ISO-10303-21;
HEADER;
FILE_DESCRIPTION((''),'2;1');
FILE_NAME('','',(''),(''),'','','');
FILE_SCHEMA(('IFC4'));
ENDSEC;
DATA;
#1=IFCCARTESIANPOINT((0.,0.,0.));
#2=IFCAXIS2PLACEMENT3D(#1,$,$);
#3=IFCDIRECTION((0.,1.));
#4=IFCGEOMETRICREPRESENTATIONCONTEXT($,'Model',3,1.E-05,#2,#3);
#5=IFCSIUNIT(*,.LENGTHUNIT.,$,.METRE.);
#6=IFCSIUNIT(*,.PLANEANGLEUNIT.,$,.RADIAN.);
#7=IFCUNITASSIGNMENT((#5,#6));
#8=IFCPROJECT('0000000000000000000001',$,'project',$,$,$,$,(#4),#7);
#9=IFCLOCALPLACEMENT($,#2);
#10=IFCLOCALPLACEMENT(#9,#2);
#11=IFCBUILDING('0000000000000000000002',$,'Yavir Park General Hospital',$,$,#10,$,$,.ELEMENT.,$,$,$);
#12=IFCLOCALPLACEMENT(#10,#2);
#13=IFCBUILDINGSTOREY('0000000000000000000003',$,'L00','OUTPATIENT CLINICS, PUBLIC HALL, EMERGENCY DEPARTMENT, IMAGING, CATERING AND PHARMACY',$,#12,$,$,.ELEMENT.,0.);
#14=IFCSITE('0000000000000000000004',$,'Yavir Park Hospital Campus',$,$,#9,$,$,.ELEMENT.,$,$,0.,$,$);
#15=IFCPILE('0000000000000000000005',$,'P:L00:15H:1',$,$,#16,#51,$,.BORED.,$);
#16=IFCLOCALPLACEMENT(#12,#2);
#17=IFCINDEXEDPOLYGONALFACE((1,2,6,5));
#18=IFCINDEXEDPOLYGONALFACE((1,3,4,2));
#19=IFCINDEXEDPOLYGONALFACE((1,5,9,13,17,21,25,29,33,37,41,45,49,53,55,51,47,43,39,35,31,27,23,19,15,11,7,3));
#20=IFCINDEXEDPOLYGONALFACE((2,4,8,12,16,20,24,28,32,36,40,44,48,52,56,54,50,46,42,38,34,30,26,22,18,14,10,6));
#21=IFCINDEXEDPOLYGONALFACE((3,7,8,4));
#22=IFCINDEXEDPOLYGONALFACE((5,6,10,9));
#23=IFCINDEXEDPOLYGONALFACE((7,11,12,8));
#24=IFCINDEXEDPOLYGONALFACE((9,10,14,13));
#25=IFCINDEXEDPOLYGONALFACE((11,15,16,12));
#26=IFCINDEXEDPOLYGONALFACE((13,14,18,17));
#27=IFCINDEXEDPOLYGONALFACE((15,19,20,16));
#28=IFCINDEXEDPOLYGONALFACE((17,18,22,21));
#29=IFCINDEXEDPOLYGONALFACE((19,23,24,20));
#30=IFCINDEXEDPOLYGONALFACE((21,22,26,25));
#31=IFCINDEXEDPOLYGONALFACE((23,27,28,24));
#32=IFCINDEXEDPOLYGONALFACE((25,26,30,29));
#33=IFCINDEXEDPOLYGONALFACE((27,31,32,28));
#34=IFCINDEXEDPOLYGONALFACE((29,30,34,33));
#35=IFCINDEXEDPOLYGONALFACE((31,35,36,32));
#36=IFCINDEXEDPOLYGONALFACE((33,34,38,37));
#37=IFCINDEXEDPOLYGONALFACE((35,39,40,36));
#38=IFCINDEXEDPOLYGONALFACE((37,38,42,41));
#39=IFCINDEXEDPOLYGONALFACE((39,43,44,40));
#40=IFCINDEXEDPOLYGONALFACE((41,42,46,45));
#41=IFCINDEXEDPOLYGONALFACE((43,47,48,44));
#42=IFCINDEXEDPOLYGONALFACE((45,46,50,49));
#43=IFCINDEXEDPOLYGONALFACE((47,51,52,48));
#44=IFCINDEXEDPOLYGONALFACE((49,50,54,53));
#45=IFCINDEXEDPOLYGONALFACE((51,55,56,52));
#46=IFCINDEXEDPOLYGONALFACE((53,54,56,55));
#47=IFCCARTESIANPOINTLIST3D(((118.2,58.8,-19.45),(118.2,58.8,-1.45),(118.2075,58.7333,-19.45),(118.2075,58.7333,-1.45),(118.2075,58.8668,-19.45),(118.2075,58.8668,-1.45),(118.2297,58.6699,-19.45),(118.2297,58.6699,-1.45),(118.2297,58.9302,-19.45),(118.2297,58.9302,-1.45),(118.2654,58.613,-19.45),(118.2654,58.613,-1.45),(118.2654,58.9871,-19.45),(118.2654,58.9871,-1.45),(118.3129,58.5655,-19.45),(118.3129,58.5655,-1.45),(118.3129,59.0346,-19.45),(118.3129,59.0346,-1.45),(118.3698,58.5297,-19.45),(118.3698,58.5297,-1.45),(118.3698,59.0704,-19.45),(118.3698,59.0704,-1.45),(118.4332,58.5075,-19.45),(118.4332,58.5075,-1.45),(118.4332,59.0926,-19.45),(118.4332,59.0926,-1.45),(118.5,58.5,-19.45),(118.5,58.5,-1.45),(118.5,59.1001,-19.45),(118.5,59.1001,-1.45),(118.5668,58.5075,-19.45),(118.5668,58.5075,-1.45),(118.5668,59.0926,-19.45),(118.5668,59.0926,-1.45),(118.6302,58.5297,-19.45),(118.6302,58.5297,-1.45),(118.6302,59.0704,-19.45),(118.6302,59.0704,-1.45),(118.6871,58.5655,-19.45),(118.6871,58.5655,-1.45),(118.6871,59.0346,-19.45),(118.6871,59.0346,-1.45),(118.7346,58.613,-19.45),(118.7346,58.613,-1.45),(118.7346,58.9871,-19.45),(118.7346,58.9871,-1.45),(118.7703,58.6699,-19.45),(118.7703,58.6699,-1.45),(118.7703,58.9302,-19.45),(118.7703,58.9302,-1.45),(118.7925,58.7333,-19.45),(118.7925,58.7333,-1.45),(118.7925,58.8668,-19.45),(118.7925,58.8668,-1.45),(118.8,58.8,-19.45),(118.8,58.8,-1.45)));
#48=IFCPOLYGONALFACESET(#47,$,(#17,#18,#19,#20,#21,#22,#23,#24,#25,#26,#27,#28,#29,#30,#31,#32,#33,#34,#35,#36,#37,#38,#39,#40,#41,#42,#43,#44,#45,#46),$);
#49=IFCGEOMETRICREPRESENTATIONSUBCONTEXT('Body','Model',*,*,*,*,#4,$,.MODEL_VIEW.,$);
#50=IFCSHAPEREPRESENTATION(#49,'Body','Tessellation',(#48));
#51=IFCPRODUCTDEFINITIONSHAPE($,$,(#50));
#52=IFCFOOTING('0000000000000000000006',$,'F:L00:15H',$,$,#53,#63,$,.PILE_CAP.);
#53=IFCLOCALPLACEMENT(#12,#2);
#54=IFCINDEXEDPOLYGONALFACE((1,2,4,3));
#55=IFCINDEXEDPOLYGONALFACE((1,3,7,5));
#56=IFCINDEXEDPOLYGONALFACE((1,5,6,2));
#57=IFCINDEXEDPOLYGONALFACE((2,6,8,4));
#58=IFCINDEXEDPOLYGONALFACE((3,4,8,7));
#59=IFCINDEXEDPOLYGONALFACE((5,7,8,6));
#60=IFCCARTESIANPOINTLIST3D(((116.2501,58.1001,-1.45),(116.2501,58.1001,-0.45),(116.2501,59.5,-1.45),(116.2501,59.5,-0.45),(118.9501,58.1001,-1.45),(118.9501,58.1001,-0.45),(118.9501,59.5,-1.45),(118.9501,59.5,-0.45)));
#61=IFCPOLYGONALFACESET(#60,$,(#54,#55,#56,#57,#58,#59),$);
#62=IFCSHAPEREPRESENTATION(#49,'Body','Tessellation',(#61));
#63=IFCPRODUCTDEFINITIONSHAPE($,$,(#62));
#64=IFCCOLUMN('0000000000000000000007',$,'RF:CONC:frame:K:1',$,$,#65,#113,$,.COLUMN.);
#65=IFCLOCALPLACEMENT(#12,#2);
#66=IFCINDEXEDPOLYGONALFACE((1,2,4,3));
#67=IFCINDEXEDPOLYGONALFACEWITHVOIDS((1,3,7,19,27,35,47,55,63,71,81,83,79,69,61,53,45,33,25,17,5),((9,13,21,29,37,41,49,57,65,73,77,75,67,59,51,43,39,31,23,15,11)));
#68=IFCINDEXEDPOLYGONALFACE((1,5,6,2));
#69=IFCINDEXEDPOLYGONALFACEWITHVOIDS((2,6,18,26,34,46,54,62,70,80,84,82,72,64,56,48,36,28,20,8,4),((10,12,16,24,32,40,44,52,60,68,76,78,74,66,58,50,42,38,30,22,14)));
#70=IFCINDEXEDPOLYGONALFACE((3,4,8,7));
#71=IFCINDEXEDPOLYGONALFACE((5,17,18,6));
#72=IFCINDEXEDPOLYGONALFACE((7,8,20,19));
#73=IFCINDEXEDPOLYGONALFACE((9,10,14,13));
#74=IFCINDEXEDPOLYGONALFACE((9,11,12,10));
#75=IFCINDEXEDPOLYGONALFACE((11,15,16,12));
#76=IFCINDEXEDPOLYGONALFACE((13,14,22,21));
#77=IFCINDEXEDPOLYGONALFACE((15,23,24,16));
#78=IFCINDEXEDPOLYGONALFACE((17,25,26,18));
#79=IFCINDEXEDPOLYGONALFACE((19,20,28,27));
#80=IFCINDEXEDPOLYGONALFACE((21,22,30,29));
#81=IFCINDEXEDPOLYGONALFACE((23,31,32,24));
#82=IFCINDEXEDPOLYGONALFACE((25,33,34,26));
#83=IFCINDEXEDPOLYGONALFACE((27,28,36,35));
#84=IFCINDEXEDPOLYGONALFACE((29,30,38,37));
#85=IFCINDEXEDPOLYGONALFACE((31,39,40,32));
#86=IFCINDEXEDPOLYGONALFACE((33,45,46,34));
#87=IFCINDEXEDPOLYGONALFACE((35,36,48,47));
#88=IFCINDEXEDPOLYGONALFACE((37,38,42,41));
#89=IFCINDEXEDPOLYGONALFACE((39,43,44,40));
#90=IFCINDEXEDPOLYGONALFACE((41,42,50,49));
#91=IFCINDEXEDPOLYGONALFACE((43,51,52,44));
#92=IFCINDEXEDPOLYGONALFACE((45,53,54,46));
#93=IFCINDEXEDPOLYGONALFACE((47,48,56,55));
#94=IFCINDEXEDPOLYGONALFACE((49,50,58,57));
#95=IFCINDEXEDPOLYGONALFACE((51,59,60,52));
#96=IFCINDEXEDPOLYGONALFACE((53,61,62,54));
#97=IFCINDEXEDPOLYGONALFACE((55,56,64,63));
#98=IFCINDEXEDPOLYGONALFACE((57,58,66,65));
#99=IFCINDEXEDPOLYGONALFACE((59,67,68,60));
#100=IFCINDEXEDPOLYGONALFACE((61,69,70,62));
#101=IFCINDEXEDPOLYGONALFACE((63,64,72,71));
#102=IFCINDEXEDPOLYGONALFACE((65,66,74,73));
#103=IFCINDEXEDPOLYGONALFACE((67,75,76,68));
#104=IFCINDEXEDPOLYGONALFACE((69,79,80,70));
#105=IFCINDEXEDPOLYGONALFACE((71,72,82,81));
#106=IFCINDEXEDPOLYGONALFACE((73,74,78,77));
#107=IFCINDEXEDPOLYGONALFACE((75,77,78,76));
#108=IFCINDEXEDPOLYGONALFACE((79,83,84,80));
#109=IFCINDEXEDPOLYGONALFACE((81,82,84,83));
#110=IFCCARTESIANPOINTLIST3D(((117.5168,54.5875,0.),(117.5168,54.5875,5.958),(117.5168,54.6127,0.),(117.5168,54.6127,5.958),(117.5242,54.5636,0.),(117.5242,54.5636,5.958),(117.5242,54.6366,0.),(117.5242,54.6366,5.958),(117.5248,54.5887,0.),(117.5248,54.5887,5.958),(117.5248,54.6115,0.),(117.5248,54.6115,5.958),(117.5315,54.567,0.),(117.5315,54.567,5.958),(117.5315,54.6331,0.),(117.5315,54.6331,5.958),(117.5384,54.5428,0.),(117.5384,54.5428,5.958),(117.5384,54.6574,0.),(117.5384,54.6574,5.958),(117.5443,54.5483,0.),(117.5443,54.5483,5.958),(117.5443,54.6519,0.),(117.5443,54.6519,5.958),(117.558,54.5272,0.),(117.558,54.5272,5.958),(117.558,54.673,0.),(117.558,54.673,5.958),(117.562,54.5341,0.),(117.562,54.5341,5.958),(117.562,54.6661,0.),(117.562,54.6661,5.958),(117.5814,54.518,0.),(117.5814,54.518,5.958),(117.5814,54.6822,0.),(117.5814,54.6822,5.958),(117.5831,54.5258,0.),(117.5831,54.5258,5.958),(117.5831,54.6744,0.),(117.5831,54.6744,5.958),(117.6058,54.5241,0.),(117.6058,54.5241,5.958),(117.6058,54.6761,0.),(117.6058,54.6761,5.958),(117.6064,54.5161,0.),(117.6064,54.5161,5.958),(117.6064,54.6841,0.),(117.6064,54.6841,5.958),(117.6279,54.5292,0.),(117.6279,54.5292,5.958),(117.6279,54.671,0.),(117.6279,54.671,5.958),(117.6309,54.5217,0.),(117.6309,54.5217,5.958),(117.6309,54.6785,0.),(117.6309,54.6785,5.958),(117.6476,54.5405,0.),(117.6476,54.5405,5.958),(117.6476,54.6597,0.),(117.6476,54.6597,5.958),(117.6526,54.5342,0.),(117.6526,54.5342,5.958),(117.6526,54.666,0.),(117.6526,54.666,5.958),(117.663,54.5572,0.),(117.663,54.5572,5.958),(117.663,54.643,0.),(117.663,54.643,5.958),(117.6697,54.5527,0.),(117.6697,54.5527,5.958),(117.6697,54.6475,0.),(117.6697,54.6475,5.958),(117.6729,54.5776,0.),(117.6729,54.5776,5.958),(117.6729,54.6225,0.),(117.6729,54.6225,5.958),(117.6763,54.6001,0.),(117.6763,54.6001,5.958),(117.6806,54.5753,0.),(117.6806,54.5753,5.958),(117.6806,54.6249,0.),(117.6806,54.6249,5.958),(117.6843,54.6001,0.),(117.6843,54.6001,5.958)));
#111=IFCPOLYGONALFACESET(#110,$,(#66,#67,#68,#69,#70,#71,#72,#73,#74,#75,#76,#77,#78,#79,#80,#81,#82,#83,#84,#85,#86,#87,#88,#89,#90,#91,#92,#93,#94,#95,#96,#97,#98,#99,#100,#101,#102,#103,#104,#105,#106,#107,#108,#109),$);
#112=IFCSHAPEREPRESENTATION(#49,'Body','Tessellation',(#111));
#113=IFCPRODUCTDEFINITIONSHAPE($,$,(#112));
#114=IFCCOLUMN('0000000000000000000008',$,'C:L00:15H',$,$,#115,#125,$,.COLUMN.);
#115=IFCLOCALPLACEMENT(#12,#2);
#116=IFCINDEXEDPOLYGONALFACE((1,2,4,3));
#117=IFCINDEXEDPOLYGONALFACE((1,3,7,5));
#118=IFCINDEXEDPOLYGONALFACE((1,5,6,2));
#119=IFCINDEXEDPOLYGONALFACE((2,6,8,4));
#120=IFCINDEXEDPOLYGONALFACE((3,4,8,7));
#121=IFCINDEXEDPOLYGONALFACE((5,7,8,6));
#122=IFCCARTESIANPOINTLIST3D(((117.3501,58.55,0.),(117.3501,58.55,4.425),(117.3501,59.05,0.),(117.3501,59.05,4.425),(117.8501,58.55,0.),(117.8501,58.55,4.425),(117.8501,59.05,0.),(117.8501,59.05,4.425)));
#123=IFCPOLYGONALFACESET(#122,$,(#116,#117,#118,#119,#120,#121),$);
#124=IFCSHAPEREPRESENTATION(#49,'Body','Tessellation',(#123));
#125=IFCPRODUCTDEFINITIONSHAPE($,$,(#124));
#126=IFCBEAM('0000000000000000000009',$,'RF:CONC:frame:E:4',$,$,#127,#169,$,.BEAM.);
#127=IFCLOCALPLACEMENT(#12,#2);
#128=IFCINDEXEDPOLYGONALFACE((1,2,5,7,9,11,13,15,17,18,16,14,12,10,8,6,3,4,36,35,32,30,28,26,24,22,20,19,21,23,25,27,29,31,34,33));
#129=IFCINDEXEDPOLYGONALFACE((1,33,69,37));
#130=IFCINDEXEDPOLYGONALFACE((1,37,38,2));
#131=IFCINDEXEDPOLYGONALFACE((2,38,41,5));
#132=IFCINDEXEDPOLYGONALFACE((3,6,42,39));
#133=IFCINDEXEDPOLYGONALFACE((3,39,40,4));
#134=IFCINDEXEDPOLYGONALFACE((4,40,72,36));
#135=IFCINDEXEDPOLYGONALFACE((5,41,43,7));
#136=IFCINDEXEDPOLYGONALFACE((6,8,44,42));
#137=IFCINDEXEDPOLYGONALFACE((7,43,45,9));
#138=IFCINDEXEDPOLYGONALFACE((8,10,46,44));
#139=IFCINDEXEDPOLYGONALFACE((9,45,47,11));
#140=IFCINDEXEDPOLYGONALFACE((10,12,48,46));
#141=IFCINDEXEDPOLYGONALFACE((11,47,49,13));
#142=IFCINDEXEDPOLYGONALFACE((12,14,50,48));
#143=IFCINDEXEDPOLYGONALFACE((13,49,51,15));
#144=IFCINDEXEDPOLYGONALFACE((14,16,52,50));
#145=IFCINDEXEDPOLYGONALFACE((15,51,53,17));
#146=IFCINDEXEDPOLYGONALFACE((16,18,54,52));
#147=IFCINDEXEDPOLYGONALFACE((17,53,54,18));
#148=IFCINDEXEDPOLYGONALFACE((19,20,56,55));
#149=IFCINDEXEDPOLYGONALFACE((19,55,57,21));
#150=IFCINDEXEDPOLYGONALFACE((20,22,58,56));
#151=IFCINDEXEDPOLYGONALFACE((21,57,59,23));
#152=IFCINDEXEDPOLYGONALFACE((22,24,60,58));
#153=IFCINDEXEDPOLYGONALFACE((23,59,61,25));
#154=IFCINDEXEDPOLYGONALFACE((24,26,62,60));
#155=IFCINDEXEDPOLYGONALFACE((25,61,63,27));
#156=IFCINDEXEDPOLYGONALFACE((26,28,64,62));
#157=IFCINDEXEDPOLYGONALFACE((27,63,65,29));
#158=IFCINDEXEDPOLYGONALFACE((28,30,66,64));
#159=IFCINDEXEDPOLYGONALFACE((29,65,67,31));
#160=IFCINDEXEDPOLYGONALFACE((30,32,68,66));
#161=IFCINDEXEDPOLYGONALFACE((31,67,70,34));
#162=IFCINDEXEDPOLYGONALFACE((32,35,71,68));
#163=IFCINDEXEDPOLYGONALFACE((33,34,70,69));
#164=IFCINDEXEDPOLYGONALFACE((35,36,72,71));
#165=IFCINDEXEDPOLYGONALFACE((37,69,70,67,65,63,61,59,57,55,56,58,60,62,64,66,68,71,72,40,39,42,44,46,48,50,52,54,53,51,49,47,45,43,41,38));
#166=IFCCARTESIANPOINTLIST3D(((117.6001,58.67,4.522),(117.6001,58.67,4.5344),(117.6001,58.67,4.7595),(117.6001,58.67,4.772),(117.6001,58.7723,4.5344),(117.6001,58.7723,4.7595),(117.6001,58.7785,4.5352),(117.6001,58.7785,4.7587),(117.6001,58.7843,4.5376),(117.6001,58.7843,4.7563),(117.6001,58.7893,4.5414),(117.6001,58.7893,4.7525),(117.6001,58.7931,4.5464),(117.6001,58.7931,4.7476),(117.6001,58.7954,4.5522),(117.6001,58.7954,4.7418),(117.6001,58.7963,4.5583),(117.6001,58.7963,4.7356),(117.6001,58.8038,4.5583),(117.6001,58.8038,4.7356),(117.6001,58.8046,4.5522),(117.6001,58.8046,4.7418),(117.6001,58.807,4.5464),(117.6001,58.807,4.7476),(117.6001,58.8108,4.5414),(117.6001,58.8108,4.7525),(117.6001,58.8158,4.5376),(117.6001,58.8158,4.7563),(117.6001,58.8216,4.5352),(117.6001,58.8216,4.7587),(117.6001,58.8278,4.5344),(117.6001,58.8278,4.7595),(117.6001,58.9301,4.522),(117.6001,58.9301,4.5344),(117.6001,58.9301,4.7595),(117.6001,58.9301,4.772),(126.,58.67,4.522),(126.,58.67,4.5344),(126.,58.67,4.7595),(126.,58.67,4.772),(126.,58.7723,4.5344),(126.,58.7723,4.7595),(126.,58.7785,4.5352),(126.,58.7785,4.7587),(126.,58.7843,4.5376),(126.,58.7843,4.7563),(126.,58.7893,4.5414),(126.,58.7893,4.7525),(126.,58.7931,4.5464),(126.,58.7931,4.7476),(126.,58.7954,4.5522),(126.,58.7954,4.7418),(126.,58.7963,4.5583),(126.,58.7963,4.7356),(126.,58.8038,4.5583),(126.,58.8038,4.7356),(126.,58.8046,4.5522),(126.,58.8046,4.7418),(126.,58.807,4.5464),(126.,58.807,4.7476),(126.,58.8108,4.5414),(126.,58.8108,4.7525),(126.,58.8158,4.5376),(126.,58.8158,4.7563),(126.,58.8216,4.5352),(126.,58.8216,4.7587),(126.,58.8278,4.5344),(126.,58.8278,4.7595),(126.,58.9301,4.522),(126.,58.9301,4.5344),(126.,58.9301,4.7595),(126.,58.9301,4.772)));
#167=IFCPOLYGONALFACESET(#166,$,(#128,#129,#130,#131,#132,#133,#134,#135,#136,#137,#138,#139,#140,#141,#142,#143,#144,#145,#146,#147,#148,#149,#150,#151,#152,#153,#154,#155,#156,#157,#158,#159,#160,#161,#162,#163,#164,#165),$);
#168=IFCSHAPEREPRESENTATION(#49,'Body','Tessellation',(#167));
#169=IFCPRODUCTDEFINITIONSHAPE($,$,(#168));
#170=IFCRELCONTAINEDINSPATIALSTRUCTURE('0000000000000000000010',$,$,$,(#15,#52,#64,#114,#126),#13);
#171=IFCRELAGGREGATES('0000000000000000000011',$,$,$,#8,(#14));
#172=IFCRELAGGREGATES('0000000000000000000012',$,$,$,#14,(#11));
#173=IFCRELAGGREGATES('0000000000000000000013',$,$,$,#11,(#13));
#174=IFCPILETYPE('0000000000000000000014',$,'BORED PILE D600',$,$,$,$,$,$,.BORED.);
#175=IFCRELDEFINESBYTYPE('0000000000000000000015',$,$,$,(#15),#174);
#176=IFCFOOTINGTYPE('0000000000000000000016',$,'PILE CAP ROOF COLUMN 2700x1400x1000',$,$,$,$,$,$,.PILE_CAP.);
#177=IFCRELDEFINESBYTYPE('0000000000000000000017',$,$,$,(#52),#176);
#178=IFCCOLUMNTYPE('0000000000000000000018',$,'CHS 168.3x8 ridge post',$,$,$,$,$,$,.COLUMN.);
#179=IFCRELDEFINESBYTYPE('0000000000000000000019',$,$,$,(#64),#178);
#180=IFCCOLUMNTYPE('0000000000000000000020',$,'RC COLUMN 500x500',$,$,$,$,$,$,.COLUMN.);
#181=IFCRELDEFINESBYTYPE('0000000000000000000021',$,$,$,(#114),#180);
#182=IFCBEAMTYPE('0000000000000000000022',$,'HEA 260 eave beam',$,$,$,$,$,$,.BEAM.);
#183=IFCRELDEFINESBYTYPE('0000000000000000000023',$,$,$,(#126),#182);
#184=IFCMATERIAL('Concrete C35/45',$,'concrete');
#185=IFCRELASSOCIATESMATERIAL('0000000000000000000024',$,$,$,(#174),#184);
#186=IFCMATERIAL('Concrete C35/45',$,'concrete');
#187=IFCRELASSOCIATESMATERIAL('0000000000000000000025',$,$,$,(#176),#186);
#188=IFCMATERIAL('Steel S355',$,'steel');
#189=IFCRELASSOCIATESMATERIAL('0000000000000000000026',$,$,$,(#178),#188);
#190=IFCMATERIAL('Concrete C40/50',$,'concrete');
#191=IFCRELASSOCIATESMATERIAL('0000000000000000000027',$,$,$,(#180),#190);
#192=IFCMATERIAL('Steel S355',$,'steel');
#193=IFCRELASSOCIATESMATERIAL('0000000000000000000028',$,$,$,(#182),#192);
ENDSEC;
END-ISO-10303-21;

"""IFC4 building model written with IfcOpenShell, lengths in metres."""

from ifc_helpers import new_model, si_unit, direction, frame, origin, origin_2d, place, context, subcontext, project, spatial, rectangle, circle, hollow_circle, i_section, extrude, material, material_profile, profile_set, type_object, element, save


model = new_model("IFC4")

# Units and contexts
model_context = context("Model", 3, precision=1e-05, world=origin(), true_north=direction((0.0, 1.0)))
body_context = subcontext(model_context, "Body", "Model", "MODEL_VIEW")
ifc_project = project(units=[si_unit("LENGTHUNIT", "METRE"), si_unit("PLANEANGLEUNIT", "RADIAN")], contexts=[model_context])

# Site, building, storey
site_placement = place(None, origin())
site = spatial("IfcSite", under=ifc_project, at=site_placement, Name="Yavir Park Hospital Campus", CompositionType="ELEMENT", RefElevation=0.0)
building_placement = place(site_placement, origin())
building = spatial("IfcBuilding", under=site, at=building_placement, Name="Yavir Park General Hospital", CompositionType="ELEMENT")
storey_placement = place(building_placement, origin())
storey = spatial("IfcBuildingStorey", under=building, at=storey_placement, Name="L00", Description="OUTPATIENT CLINICS, PUBLIC HALL, EMERGENCY DEPARTMENT, IMAGING, CATERING AND PHARMACY", CompositionType="ELEMENT", Elevation=0.0)

# Pile
ifc_material_1 = material(Name="Concrete C35/45", Category="concrete")
ifc_material_profile_1 = material_profile(ifc_material_1, circle(Radius=0.3, at=origin_2d()), Name="D600")
ifc_profile_set_1 = profile_set([ifc_material_profile_1], Name="Concrete C35/45")
pile_type = type_object("IfcPileType", Name="BORED PILE D600", PredefinedType="BORED", material=ifc_profile_set_1)
pile_placement = place(storey_placement, frame((118.5, 58.8, -1.45), z_axis=(0.0, 0.0, -1.0), x_axis=(1.0, 0.0, 0.0)))
element("IfcPile", 1, at=pile_placement, inside=storey, type_object=pile_type, Name="P:L00:15H:1", PredefinedType="BORED", context=body_context, shape_type="SweptSolid", body=[
    extrude(circle(Radius=0.3, at=origin_2d()), origin(), (0.0, 0.0, 1.0), 18.0),
])

# Footing
ifc_material_2 = material(Name="Concrete C35/45", Category="concrete")
footing_type = type_object("IfcFootingType", Name="PILE CAP ROOF COLUMN 2700x1400x1000", PredefinedType="PILE_CAP", material=ifc_material_2)
footing_placement = place(storey_placement, frame((117.6001, 58.8, -1.45), z_axis=(0.0, 0.0, 1.0), x_axis=(1.0, 0.0, 0.0)))
element("IfcFooting", 2, at=footing_placement, inside=storey, type_object=footing_type, Name="F:L00:15H", PredefinedType="PILE_CAP", context=body_context, shape_type="SweptSolid", body=[
    extrude(rectangle(XDim=2.7, YDim=1.3999, at=origin_2d()), origin(), (0.0, 0.0, 1.0), 1.0),
])

# Columns
ifc_material_3 = material(Name="Steel S355", Category="steel")
ifc_material_profile_2 = material_profile(ifc_material_3, hollow_circle(Radius=0.0842, WallThickness=0.0081, at=origin_2d()), Name="CHS168.3x8")
ifc_profile_set_2 = profile_set([ifc_material_profile_2], Name="Steel S355")
column_type_1 = type_object("IfcColumnType", Name="CHS 168.3x8 ridge post", PredefinedType="COLUMN", material=ifc_profile_set_2)
column_1_placement = place(storey_placement, frame((117.6001, 54.6001, 0.0), z_axis=(0.0, 0.0, 1.0), x_axis=(1.0, 0.0, 0.0)))
element("IfcColumn", 3, at=column_1_placement, inside=storey, type_object=column_type_1, Name="RF:CONC:frame:K:1", PredefinedType="COLUMN", context=body_context, shape_type="SweptSolid", body=[
    extrude(hollow_circle(Radius=0.0842, WallThickness=0.0081, at=origin_2d()), origin(), (0.0, 0.0, 1.0), 5.958),
])
ifc_material_4 = material(Name="Concrete C40/50", Category="concrete")
ifc_material_profile_3 = material_profile(ifc_material_4, rectangle(XDim=0.5, YDim=0.5, at=origin_2d()), Name="RC500x500")
ifc_profile_set_3 = profile_set([ifc_material_profile_3], Name="Concrete C40/50")
column_type_2 = type_object("IfcColumnType", Name="RC COLUMN 500x500", PredefinedType="COLUMN", material=ifc_profile_set_3)
column_2_placement = place(storey_placement, frame((117.6001, 58.8, 0.0), z_axis=(0.0, 0.0, 1.0), x_axis=(1.0, 0.0, 0.0)))
element("IfcColumn", 4, at=column_2_placement, inside=storey, type_object=column_type_2, Name="C:L00:15H", PredefinedType="COLUMN", context=body_context, shape_type="SweptSolid", body=[
    extrude(rectangle(XDim=0.5, YDim=0.5, at=origin_2d()), origin(), (0.0, 0.0, 1.0), 4.425),
])

# Beam
ifc_material_5 = material(Name="Steel S355", Category="steel")
ifc_material_profile_4 = material_profile(ifc_material_5, i_section(OverallWidth=0.26, OverallDepth=0.25, WebThickness=0.0076, FlangeThickness=0.0125, FilletRadius=0.0239, at=origin_2d()), Name="HEA260")
ifc_profile_set_4 = profile_set([ifc_material_profile_4], Name="Steel S355")
beam_type_1 = type_object("IfcBeamType", Name="HEA 260 eave beam", PredefinedType="BEAM", material=ifc_profile_set_4)
beam_1_placement = place(storey_placement, frame((117.6001, 58.8, 4.647), z_axis=(1.0, 0.0, 0.0), x_axis=(0.0, 1.0, 0.0)))
element("IfcBeam", 5, at=beam_1_placement, inside=storey, type_object=beam_type_1, Name="RF:CONC:frame:E:4", PredefinedType="BEAM", context=body_context, shape_type="SweptSolid", body=[
    extrude(i_section(OverallWidth=0.26, OverallDepth=0.25, WebThickness=0.0076, FlangeThickness=0.0125, FilletRadius=0.0239, at=origin_2d()), origin(), (0.0, 0.0, 1.0), 8.3999),
])

save(model, "model.ifc")
